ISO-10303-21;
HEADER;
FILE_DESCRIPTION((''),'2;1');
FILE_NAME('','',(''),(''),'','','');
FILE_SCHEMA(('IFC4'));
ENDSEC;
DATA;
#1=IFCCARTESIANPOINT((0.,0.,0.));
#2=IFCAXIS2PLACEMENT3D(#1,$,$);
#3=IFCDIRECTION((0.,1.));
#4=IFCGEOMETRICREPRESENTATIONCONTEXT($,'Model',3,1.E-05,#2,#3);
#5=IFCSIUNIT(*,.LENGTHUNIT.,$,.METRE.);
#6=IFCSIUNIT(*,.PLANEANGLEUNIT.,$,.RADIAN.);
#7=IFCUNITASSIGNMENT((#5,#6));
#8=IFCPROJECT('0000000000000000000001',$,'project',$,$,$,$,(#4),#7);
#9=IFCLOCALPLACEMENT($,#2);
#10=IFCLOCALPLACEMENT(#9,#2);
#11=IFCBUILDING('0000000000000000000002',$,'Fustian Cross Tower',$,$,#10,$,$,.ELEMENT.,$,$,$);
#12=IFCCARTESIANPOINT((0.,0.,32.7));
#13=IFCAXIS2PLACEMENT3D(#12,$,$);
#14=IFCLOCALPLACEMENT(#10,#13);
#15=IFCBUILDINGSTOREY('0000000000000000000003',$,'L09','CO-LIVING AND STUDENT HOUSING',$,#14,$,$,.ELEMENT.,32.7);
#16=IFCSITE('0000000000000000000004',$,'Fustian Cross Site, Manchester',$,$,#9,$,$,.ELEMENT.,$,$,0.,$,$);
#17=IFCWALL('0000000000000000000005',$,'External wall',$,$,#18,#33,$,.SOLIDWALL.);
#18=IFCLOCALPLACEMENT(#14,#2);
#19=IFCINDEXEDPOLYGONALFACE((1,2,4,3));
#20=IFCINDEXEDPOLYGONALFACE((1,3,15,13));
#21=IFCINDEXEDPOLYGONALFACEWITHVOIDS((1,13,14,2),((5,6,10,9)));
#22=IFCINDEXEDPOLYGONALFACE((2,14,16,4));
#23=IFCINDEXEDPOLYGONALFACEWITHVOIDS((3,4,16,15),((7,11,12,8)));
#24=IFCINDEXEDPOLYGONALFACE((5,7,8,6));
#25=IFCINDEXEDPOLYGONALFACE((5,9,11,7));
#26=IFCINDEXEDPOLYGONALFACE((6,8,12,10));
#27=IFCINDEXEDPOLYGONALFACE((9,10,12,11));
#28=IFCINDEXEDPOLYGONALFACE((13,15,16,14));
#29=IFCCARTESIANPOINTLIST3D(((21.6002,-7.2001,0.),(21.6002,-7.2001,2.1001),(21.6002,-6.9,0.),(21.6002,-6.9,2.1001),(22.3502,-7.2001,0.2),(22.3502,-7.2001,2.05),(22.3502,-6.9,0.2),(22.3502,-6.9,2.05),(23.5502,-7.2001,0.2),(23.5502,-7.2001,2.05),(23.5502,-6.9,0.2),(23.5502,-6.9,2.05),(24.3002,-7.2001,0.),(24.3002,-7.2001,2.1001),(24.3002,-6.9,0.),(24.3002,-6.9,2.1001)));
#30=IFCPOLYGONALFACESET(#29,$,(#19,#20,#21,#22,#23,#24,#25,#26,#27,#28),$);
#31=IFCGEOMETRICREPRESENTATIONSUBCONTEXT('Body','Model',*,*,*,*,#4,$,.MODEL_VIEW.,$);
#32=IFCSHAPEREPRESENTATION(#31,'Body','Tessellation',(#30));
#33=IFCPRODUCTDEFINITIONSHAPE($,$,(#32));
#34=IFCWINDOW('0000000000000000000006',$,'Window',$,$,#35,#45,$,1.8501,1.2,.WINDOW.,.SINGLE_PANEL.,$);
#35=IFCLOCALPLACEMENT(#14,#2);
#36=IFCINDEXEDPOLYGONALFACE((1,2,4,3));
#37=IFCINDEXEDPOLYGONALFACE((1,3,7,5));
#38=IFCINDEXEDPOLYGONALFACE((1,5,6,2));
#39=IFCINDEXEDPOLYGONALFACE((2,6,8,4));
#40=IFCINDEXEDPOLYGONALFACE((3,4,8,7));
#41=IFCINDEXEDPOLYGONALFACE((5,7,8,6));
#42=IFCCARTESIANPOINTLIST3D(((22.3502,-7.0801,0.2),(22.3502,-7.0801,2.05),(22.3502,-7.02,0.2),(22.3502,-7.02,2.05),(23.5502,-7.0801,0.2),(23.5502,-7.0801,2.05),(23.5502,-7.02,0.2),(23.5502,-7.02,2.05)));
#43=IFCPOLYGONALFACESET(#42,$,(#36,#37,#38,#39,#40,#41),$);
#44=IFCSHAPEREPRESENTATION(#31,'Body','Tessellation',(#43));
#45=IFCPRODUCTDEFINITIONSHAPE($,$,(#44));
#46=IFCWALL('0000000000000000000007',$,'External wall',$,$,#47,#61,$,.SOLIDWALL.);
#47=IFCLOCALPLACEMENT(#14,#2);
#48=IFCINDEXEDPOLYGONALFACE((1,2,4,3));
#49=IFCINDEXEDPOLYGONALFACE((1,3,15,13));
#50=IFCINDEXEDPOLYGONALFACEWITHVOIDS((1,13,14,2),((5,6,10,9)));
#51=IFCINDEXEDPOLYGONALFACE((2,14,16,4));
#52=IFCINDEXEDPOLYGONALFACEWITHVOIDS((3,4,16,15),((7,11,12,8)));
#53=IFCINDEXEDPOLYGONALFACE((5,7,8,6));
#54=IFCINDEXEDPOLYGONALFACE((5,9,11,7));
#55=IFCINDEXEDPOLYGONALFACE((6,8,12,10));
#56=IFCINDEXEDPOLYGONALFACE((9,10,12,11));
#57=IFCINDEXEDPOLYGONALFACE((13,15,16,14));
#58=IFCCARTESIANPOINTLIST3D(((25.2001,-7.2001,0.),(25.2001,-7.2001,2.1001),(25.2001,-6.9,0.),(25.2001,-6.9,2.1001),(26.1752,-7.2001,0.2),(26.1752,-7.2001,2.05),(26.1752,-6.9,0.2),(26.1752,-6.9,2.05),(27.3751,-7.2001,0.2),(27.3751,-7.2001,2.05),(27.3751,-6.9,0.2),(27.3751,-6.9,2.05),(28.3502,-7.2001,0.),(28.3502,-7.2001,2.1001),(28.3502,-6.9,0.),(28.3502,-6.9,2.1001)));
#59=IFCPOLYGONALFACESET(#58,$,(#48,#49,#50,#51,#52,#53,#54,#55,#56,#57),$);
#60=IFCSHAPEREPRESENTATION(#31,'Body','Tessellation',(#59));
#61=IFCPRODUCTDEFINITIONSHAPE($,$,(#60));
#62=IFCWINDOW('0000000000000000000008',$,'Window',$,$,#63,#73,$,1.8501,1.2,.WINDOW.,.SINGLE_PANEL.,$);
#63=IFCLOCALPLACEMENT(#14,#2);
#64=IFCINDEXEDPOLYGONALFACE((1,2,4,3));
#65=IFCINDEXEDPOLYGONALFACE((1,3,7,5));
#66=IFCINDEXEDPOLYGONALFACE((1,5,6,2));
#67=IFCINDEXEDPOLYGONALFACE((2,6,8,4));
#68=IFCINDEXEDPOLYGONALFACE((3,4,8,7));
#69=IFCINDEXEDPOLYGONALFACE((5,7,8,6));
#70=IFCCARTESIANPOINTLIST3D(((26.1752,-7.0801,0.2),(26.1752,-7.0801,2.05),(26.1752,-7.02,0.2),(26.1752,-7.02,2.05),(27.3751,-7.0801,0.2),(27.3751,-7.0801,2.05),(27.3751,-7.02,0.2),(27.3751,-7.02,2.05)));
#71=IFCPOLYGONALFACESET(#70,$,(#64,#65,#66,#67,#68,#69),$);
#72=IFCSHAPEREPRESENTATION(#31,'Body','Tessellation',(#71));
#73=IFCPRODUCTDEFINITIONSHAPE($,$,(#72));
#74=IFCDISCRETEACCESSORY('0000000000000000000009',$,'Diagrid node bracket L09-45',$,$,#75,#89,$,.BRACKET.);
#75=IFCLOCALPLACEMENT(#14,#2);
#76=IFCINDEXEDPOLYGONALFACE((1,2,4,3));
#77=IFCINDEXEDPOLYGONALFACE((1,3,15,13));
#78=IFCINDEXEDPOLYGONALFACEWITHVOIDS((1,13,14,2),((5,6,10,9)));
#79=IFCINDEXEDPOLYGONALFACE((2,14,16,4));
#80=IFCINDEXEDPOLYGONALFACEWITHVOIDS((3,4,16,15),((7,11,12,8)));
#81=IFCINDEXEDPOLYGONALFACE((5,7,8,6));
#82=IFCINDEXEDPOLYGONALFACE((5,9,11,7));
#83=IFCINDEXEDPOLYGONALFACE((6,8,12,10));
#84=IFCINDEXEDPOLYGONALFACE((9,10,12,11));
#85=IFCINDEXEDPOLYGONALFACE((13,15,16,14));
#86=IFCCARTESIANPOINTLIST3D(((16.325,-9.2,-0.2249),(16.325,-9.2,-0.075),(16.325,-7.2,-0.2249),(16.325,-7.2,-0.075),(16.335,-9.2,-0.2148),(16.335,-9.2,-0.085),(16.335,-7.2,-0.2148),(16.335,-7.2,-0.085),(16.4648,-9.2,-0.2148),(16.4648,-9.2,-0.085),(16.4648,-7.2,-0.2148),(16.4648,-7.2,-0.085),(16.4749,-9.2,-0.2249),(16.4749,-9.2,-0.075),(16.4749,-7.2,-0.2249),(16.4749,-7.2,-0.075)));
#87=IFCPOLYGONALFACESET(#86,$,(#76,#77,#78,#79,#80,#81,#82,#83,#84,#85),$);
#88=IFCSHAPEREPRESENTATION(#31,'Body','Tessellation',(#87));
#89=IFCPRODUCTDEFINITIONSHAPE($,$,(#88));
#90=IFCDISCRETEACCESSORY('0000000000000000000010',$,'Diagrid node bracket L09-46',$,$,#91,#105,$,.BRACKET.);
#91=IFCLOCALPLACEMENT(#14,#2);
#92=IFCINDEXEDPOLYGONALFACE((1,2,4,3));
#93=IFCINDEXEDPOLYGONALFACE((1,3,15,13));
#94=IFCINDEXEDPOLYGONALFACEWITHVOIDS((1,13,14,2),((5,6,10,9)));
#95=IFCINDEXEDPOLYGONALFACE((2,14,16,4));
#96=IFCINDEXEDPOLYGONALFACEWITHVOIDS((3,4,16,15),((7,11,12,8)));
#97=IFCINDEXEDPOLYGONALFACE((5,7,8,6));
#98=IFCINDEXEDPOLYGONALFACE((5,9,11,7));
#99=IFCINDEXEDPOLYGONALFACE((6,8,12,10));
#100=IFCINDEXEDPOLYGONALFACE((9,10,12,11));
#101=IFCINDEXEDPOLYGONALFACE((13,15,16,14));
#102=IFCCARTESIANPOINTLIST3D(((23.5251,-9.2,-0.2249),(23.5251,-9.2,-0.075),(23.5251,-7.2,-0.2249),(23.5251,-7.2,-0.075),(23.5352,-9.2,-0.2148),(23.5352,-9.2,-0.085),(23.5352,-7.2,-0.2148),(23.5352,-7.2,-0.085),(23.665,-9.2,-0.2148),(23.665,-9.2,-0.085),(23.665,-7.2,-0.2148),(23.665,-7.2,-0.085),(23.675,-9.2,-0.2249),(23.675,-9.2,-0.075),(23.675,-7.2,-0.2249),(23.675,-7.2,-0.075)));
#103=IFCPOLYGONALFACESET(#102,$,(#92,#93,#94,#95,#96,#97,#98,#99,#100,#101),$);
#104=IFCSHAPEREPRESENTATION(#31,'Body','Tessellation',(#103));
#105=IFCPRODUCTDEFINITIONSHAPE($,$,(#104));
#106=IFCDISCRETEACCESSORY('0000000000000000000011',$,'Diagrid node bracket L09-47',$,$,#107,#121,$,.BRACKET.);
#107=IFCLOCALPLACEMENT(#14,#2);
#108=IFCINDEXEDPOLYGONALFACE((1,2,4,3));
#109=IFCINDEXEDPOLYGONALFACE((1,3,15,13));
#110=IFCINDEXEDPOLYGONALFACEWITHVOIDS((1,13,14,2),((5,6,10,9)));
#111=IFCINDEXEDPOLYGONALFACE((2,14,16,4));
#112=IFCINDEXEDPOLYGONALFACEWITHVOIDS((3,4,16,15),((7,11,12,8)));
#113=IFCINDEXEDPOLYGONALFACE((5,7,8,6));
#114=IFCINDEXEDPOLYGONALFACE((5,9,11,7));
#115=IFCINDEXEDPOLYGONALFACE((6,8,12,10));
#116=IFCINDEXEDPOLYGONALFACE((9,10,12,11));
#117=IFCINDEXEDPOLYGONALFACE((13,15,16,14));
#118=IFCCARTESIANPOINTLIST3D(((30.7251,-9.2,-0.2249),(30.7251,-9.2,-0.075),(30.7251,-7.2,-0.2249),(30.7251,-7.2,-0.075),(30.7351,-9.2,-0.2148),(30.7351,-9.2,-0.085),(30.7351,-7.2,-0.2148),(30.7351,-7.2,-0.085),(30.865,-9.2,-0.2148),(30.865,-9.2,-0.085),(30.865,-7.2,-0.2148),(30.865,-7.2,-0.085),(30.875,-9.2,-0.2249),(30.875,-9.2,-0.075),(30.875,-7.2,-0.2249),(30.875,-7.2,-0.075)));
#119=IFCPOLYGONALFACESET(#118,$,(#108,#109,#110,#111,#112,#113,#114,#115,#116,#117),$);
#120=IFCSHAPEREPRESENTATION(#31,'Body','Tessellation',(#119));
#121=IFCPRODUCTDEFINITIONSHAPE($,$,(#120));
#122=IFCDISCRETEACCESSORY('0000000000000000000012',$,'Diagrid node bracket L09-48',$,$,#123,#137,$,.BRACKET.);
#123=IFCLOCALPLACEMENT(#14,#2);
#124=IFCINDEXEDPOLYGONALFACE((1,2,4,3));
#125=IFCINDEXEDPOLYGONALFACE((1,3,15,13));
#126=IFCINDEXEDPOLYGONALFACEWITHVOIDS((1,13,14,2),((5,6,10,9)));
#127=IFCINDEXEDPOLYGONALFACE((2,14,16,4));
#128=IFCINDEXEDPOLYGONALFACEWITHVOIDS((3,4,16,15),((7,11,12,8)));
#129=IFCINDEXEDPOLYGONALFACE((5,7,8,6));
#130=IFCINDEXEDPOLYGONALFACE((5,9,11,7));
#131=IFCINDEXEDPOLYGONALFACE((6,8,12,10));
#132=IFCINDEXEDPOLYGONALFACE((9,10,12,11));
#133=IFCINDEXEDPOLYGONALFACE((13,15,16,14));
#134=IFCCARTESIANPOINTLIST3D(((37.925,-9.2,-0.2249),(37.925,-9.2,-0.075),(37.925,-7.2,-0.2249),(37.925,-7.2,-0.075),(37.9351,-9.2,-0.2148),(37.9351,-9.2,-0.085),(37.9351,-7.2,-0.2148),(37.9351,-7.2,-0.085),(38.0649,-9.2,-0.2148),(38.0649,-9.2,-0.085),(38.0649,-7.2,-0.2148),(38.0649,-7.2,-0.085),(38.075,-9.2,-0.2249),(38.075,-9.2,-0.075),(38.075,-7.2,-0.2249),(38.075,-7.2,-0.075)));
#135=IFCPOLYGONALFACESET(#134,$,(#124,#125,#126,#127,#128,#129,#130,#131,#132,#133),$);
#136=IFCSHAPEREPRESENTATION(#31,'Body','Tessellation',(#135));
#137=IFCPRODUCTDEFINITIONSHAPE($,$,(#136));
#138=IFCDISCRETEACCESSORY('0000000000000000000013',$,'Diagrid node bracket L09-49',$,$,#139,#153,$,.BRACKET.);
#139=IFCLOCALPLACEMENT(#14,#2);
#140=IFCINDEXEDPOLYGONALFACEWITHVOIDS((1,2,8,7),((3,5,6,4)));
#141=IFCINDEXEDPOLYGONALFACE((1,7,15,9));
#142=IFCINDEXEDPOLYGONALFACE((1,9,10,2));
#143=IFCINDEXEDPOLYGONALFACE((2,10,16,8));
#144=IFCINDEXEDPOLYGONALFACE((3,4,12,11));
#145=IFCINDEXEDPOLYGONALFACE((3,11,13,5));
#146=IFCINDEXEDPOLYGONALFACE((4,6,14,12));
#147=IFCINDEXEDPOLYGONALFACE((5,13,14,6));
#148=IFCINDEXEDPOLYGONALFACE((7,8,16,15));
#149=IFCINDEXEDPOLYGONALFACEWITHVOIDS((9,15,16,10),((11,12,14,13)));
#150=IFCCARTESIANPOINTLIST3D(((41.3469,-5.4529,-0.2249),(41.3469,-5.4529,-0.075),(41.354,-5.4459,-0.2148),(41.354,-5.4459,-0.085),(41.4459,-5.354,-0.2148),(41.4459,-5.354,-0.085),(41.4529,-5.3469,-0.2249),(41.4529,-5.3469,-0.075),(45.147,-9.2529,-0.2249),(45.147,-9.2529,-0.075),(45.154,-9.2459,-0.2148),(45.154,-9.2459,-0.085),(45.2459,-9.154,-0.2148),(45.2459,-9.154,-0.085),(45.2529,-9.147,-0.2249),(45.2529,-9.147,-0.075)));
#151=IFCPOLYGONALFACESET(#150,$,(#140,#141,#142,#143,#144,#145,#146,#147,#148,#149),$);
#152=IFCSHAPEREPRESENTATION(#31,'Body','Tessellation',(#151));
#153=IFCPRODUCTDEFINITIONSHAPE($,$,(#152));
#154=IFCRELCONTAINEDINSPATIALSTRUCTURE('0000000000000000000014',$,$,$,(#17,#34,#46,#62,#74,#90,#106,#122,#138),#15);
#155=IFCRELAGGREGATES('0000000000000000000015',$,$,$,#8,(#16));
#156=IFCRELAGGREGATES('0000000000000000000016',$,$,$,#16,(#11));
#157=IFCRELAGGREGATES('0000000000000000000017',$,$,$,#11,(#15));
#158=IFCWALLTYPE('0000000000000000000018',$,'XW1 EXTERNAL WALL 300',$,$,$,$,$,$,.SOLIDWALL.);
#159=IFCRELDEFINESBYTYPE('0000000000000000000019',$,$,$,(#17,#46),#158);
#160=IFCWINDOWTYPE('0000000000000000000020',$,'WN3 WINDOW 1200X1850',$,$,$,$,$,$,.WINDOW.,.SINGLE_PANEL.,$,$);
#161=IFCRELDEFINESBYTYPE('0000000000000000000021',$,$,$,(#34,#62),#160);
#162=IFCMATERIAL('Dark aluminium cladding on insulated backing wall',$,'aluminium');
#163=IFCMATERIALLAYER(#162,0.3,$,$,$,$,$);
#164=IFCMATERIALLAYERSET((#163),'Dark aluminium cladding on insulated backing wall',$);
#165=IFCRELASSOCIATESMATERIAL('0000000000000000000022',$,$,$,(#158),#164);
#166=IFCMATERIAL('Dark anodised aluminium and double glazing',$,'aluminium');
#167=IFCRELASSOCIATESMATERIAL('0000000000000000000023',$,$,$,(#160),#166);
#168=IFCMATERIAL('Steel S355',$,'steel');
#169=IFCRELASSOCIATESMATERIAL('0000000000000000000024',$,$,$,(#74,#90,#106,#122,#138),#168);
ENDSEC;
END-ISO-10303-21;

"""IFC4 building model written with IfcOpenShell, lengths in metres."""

from ifc_helpers import new_model, si_unit, direction, frame, frame_2d, origin, origin_2d, place, context, subcontext, project, spatial, rectangle, hollow_rectangle, extrude, material, layer, layer_set, type_object, element, fill, save


model = new_model("IFC4")

# Units and contexts
model_context = context("Model", 3, precision=1e-05, world=origin(), true_north=direction((0.0, 1.0)))
body_context = subcontext(model_context, "Body", "Model", "MODEL_VIEW")
ifc_project = project(units=[si_unit("LENGTHUNIT", "METRE"), si_unit("PLANEANGLEUNIT", "RADIAN")], contexts=[model_context])

# Site, building, storey
site_placement = place(None, origin())
site = spatial("IfcSite", under=ifc_project, at=site_placement, Name="Fustian Cross Site, Manchester", CompositionType="ELEMENT", RefElevation=0.0)
building_placement = place(site_placement, origin())
building = spatial("IfcBuilding", under=site, at=building_placement, Name="Fustian Cross Tower", CompositionType="ELEMENT")
storey_placement = place(building_placement, frame((0.0, 0.0, 32.7)))
storey = spatial("IfcBuildingStorey", under=building, at=storey_placement, Name="L09", Description="CO-LIVING AND STUDENT HOUSING", CompositionType="ELEMENT", Elevation=32.7)

# Walls, openings, windows
ifc_material_1 = material(Name="Dark aluminium cladding on insulated backing wall", Category="aluminium")
ifc_layer_1 = layer(ifc_material_1, 0.3)
ifc_layer_set_1 = layer_set([ifc_layer_1], Name="Dark aluminium cladding on insulated backing wall")
wall_type_1 = type_object("IfcWallType", Name="XW1 EXTERNAL WALL 300", PredefinedType="SOLIDWALL", material=ifc_layer_set_1)
wall_1_placement = place(storey_placement, frame((21.6001, -7.05, 0.0), z_axis=(0.0, 0.0, 1.0), x_axis=(1.0, 0.0, 0.0)))
wall_1 = element("IfcWall", 1, at=wall_1_placement, inside=storey, type_object=wall_type_1, Name="External wall", PredefinedType="SOLIDWALL", context=body_context, shape_type="SweptSolid", body=[
    extrude(rectangle(XDim=2.7, YDim=0.3, at=frame_2d((1.3501, 0.0))), origin(), (0.0, 0.0, 1.0), 2.1001),
])
opening_1_placement = place(wall_1_placement, frame((0.75, 0.0, 0.2)))
opening_1 = element("IfcOpeningElement", 2, at=opening_1_placement, cuts=wall_1, PredefinedType="OPENING", context=body_context, shape_type="SweptSolid", body=[
    extrude(rectangle(XDim=1.2, YDim=1.8501, at=frame_2d((0.6001, 0.925))), frame((0.0, 0.1599, 0.0), z_axis=(0.0, -1.0, 0.0), x_axis=(1.0, 0.0, 0.0)), (0.0, 0.0, 1.0), 0.3201),
])
ifc_material_2 = material(Name="Dark anodised aluminium and double glazing", Category="aluminium")
window_type = type_object("IfcWindowType", Name="WN3 WINDOW 1200X1850", PartitioningType="SINGLE_PANEL", PredefinedType="WINDOW", material=ifc_material_2)
window_1_placement = place(opening_1_placement, origin())
window_1 = element("IfcWindow", 3, at=window_1_placement, inside=storey, type_object=window_type, Name="Window", OverallHeight=1.8501, OverallWidth=1.2, PartitioningType="SINGLE_PANEL", PredefinedType="WINDOW", context=body_context, shape_type="SweptSolid", body=[
    extrude(rectangle(XDim=1.2, YDim=1.8501, at=frame_2d((0.6001, 0.925))), frame((0.0, 0.03, 0.0), z_axis=(0.0, -1.0, 0.0), x_axis=(1.0, 0.0, 0.0)), (0.0, 0.0, 1.0), 0.0601),
])
fill(opening_1, window_1)
wall_2_placement = place(storey_placement, frame((25.2, -7.05, 0.0), z_axis=(0.0, 0.0, 1.0), x_axis=(1.0, 0.0, 0.0)))
wall_2 = element("IfcWall", 4, at=wall_2_placement, inside=storey, type_object=wall_type_1, Name="External wall", PredefinedType="SOLIDWALL", context=body_context, shape_type="SweptSolid", body=[
    extrude(rectangle(XDim=3.1501, YDim=0.3, at=frame_2d((1.5752, 0.0))), origin(), (0.0, 0.0, 1.0), 2.1001),
])
opening_2_placement = place(wall_2_placement, frame((0.9751, 0.0, 0.2)))
opening_2 = element("IfcOpeningElement", 5, at=opening_2_placement, cuts=wall_2, PredefinedType="OPENING", context=body_context, shape_type="SweptSolid", body=[
    extrude(rectangle(XDim=1.2, YDim=1.8501, at=frame_2d((0.6001, 0.925))), frame((0.0, 0.1599, 0.0), z_axis=(0.0, -1.0, 0.0), x_axis=(1.0, 0.0, 0.0)), (0.0, 0.0, 1.0), 0.3201),
])
window_2_placement = place(opening_2_placement, origin())
window_2 = element("IfcWindow", 6, at=window_2_placement, inside=storey, type_object=window_type, Name="Window", OverallHeight=1.8501, OverallWidth=1.2, PartitioningType="SINGLE_PANEL", PredefinedType="WINDOW", context=body_context, shape_type="SweptSolid", body=[
    extrude(rectangle(XDim=1.2, YDim=1.8501, at=frame_2d((0.6001, 0.925))), frame((0.0, 0.03, 0.0), z_axis=(0.0, -1.0, 0.0), x_axis=(1.0, 0.0, 0.0)), (0.0, 0.0, 1.0), 0.0601),
])
fill(opening_2, window_2)

# Discrete accessories
ifc_material_3 = material(Name="Steel S355", Category="steel")
for number, where, z_axis, x_axis, name in (
    (7, (16.3999, -9.2, -0.1499), (0.0, 1.0, 0.0), (-1.0, 0.0, 0.0), "Diagrid node bracket L09-45"),
    (8, (23.6001, -9.2, -0.1499), (0.0, 1.0, 0.0), (-1.0, 0.0, 0.0), "Diagrid node bracket L09-46"),
    (9, (30.8, -9.2, -0.1499), (0.0, 1.0, 0.0), (-1.0, 0.0, 0.0), "Diagrid node bracket L09-47"),
    (10, (38.0, -9.2, -0.1499), (0.0, 1.0, 0.0), (-1.0, 0.0, 0.0), "Diagrid node bracket L09-48"),
):
    element("IfcDiscreteAccessory", number, at=place(storey_placement, frame(where, z_axis=z_axis, x_axis=x_axis)), inside=storey, material=ifc_material_3, Name=name, PredefinedType="BRACKET", context=body_context, shape_type="SweptSolid", body=[
        extrude(hollow_rectangle(XDim=0.1499, YDim=0.1499, WallThickness=0.01, at=origin_2d()), origin(), (0.0, 0.0, 1.0), 2.0),
    ])
discrete_accessory_placement = place(storey_placement, frame((45.2, -9.2, -0.1499), z_axis=(-0.707107, 0.707107, 0.0), x_axis=(-0.707107, -0.707107, 0.0)))
element("IfcDiscreteAccessory", 11, at=discrete_accessory_placement, inside=storey, material=ifc_material_3, Name="Diagrid node bracket L09-49", PredefinedType="BRACKET", context=body_context, shape_type="SweptSolid", body=[
    extrude(hollow_rectangle(XDim=0.1499, YDim=0.1499, WallThickness=0.01, at=origin_2d()), origin(), (0.0, 0.0, 1.0), 5.374),
])

save(model, "model.ifc")
